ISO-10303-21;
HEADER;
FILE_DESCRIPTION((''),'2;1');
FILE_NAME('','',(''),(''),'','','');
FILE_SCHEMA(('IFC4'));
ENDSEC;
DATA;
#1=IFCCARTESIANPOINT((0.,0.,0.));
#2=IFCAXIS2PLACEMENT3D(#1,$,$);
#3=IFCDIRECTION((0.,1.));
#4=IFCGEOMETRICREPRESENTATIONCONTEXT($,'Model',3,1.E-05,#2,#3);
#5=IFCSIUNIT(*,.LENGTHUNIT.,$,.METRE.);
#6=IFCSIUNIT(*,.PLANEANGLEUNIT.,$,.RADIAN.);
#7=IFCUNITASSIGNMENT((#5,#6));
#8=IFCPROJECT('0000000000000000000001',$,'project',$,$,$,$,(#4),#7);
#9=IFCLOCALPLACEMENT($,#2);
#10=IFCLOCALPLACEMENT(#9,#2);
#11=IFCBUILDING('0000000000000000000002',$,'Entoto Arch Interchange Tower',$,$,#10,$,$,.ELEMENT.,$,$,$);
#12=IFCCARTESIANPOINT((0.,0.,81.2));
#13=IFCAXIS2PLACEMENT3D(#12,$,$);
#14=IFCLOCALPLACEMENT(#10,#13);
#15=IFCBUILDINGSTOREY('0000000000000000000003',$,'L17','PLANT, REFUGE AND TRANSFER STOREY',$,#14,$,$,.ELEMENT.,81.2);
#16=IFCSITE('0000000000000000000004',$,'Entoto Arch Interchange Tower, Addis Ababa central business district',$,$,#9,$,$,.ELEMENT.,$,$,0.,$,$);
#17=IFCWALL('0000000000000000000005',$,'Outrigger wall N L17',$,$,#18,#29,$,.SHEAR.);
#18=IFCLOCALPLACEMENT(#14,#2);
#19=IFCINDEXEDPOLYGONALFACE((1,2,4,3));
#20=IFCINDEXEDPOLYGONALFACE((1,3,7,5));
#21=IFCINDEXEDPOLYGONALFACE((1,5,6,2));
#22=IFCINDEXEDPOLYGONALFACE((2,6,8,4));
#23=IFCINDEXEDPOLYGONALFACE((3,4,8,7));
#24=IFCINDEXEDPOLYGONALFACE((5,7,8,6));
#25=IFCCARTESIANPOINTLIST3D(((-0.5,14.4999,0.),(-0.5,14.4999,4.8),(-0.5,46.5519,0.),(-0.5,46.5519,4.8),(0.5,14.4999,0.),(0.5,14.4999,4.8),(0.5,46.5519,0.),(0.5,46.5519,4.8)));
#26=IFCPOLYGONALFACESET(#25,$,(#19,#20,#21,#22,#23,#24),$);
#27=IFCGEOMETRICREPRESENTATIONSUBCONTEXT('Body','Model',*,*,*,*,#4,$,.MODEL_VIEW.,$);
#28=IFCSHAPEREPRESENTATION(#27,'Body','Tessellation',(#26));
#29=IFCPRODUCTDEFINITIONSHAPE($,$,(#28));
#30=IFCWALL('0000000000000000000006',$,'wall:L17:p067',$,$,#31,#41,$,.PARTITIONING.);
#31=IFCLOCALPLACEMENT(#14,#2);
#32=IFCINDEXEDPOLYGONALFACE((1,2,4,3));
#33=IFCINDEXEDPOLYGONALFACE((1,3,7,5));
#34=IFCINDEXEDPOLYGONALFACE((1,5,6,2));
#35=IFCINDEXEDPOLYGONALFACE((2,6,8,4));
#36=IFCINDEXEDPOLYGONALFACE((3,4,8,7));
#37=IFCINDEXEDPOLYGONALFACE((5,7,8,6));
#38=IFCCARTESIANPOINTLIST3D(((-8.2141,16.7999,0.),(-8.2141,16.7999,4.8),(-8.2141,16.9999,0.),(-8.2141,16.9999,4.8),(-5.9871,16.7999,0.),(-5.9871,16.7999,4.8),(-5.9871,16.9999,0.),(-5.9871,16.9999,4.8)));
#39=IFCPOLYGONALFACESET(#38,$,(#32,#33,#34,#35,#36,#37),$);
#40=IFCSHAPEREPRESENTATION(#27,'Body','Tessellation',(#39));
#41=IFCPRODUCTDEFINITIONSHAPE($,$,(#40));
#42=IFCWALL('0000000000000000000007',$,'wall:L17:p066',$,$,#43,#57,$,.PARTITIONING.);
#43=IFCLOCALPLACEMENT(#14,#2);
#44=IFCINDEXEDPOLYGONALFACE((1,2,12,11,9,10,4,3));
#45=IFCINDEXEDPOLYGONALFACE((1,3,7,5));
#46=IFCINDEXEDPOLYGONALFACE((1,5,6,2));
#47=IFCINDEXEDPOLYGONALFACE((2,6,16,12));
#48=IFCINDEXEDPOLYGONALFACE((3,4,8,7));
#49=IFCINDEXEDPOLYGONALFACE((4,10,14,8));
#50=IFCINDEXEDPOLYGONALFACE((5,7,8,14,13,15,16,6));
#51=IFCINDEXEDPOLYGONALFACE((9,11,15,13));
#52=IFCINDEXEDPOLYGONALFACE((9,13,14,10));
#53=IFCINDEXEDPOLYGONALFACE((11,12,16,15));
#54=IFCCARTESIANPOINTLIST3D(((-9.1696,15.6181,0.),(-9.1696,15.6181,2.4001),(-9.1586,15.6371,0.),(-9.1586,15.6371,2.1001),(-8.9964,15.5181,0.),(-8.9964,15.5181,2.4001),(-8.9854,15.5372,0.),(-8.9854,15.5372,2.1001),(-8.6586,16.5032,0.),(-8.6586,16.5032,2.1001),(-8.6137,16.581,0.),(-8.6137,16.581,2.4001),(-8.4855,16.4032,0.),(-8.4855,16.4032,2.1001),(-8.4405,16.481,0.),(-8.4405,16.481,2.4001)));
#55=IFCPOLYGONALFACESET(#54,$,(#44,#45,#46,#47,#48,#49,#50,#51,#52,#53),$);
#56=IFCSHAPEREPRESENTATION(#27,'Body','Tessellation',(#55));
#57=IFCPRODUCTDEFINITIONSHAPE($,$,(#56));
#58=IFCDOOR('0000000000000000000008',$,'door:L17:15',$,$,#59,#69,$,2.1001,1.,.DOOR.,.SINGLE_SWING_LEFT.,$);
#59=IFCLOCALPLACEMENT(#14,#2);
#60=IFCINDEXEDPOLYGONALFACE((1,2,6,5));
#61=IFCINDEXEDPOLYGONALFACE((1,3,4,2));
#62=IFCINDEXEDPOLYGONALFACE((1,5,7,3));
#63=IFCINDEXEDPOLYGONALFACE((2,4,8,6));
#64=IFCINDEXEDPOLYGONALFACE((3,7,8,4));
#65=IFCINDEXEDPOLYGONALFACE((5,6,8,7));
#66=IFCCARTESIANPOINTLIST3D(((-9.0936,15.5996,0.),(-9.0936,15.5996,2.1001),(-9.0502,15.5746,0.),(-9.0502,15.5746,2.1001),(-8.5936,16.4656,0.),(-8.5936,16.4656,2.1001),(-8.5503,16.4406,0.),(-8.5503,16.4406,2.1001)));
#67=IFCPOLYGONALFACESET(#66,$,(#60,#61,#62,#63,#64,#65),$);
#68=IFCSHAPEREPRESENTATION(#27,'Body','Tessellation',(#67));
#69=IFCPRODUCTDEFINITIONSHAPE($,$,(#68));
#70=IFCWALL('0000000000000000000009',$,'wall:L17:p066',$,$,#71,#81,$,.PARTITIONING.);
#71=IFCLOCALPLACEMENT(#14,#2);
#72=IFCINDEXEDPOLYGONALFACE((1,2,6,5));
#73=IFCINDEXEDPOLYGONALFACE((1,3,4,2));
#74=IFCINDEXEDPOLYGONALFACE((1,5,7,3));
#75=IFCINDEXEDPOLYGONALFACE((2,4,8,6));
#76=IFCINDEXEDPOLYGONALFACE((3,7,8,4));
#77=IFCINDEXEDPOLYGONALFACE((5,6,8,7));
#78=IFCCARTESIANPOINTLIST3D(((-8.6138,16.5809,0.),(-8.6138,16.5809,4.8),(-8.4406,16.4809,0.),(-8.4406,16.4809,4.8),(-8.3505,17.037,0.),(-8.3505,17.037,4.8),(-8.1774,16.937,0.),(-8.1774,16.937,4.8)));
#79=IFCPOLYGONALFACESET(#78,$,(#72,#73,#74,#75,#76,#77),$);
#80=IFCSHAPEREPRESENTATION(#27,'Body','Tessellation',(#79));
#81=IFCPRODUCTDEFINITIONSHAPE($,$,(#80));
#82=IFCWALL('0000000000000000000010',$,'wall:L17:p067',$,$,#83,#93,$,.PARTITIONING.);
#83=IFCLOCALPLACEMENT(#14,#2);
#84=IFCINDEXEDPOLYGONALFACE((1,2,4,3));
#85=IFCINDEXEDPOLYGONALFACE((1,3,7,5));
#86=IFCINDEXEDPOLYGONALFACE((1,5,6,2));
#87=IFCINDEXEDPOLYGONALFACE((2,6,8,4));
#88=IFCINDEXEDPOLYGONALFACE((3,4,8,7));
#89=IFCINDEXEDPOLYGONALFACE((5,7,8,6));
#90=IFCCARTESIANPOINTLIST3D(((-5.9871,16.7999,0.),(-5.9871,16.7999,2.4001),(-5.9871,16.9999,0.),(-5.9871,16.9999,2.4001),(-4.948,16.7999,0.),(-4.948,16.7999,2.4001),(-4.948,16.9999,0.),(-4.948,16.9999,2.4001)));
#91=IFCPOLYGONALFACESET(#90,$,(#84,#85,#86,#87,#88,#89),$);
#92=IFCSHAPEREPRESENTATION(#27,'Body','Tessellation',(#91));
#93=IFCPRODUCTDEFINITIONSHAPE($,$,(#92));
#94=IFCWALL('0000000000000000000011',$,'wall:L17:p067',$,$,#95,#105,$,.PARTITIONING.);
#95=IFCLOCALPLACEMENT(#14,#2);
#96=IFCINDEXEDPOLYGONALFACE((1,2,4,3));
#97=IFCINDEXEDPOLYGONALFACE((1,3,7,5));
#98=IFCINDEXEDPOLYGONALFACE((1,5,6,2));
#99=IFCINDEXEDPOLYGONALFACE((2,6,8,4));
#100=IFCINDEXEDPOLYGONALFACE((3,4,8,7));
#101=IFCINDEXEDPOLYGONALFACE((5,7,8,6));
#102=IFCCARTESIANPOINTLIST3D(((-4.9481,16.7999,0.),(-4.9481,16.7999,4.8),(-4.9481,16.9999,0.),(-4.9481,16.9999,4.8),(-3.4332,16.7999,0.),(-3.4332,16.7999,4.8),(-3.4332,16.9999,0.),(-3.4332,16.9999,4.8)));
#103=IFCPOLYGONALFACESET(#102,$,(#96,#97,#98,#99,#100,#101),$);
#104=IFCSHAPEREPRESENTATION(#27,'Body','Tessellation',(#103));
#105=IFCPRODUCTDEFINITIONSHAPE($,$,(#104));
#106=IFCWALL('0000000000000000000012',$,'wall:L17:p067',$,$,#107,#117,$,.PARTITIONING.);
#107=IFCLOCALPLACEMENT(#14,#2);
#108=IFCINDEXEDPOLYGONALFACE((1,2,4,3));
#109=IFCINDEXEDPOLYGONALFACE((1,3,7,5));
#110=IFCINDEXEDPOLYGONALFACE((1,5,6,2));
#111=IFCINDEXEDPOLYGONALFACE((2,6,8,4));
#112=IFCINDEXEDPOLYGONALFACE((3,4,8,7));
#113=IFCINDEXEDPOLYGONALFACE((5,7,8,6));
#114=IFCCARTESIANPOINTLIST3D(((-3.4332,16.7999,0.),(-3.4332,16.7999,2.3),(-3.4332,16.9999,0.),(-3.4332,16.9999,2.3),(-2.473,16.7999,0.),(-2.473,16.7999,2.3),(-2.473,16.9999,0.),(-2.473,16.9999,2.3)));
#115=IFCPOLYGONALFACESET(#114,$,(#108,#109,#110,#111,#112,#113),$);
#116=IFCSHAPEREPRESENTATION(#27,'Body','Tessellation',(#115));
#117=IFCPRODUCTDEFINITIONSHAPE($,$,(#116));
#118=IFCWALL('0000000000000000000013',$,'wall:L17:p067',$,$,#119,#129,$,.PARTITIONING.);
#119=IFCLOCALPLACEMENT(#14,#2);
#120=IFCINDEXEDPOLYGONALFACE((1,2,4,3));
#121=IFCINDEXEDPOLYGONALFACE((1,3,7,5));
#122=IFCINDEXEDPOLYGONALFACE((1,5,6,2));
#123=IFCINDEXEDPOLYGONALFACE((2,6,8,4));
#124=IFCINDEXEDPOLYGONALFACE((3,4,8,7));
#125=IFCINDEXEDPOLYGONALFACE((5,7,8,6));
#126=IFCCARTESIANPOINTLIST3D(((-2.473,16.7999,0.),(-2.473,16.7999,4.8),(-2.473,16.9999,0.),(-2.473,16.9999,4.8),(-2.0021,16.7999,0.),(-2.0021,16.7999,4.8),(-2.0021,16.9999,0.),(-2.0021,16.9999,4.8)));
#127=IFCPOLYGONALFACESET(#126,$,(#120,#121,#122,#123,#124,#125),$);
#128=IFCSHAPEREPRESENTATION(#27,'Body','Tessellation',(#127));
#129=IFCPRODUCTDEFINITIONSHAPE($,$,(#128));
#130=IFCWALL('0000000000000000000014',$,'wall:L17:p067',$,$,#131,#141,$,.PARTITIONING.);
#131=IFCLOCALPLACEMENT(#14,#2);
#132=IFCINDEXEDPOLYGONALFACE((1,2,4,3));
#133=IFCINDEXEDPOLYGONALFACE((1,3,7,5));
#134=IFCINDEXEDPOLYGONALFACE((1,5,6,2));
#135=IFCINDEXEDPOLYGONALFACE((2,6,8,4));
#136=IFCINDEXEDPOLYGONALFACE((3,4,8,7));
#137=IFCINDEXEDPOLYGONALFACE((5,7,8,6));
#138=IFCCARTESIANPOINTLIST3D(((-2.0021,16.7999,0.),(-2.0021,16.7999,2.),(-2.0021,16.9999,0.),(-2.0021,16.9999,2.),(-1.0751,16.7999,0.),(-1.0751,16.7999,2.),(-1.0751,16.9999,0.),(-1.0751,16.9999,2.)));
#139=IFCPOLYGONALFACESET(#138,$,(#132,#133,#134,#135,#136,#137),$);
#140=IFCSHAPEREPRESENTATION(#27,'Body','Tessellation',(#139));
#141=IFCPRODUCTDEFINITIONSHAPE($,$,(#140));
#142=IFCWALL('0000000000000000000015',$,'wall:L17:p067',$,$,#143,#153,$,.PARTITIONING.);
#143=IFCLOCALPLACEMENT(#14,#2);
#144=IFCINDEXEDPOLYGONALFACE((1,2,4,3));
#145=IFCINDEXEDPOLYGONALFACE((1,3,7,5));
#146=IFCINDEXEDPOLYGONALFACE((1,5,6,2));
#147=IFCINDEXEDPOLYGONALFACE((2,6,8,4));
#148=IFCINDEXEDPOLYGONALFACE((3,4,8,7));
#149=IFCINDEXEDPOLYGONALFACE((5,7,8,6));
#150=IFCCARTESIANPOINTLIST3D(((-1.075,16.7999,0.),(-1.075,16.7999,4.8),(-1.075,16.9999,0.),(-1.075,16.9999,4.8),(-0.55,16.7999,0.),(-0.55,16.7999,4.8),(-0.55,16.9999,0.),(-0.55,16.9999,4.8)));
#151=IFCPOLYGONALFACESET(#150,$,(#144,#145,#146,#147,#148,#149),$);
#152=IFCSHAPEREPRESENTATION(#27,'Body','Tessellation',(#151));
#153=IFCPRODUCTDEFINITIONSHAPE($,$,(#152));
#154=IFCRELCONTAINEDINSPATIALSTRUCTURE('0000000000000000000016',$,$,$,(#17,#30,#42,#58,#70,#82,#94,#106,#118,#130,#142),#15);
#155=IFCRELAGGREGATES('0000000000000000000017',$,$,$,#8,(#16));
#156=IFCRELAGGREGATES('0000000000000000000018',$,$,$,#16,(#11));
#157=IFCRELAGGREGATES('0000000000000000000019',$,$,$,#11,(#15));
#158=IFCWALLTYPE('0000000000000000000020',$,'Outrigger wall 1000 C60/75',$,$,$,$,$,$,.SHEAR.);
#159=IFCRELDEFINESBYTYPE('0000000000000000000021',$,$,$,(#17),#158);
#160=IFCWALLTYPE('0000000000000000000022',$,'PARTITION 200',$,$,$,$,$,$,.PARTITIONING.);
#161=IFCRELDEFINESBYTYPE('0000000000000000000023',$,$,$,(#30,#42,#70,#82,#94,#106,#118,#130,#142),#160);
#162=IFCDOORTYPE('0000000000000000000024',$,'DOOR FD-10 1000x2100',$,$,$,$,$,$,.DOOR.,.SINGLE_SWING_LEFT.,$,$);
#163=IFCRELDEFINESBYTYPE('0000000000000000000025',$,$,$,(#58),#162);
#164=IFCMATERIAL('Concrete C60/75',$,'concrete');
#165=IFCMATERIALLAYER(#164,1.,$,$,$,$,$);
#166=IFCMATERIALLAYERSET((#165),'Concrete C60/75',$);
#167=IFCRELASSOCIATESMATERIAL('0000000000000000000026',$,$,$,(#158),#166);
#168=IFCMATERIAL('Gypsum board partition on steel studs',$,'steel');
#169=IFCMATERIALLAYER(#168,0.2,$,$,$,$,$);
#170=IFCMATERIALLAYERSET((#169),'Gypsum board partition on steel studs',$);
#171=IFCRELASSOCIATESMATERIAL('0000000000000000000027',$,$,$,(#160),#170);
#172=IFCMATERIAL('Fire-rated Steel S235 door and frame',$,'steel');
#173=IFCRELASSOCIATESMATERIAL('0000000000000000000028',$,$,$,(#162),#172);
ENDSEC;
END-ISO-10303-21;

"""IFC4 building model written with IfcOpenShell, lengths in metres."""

from ifc_helpers import new_model, si_unit, direction, frame, frame_2d, origin, place, context, subcontext, project, spatial, rectangle, extrude, material, layer, layer_set, type_object, element, fill, save


model = new_model("IFC4")

# Units and contexts
model_context = context("Model", 3, precision=1e-05, world=origin(), true_north=direction((0.0, 1.0)))
body_context = subcontext(model_context, "Body", "Model", "MODEL_VIEW")
ifc_project = project(units=[si_unit("LENGTHUNIT", "METRE"), si_unit("PLANEANGLEUNIT", "RADIAN")], contexts=[model_context])

# Site, building, storey
site_placement = place(None, origin())
site = spatial("IfcSite", under=ifc_project, at=site_placement, Name="Entoto Arch Interchange Tower, Addis Ababa central business district", CompositionType="ELEMENT", RefElevation=0.0)
building_placement = place(site_placement, origin())
building = spatial("IfcBuilding", under=site, at=building_placement, Name="Entoto Arch Interchange Tower", CompositionType="ELEMENT")
storey_placement = place(building_placement, frame((0.0, 0.0, 81.2)))
storey = spatial("IfcBuildingStorey", under=building, at=storey_placement, Name="L17", Description="PLANT, REFUGE AND TRANSFER STOREY", CompositionType="ELEMENT", Elevation=81.2)

# Shared definitions
ifc_material_1 = material(Name="Concrete C60/75", Category="concrete")

# Walls
ifc_layer_1 = layer(ifc_material_1, 1.0)
ifc_layer_set_1 = layer_set([ifc_layer_1], Name="Concrete C60/75")
wall_type_1 = type_object("IfcWallType", Name="Outrigger wall 1000 C60/75", PredefinedType="SHEAR", material=ifc_layer_set_1)
wall_1_placement = place(storey_placement, frame((0.0, 14.5, 0.0), z_axis=(0.0, 0.0, 1.0), x_axis=(0.0, 1.0, 0.0)))
element("IfcWall", 1, at=wall_1_placement, inside=storey, type_object=wall_type_1, Name="Outrigger wall N L17", PredefinedType="SHEAR", context=body_context, shape_type="SweptSolid", body=[
    extrude(rectangle(XDim=32.052, YDim=1.0, at=frame_2d((16.0259, 0.0))), origin(), (0.0, 0.0, 1.0), 4.8),
])
ifc_material_2 = material(Name="Gypsum board partition on steel studs", Category="steel")
ifc_layer_2 = layer(ifc_material_2, 0.2)
ifc_layer_set_2 = layer_set([ifc_layer_2], Name="Gypsum board partition on steel studs")
wall_type_2 = type_object("IfcWallType", Name="PARTITION 200", PredefinedType="PARTITIONING", material=ifc_layer_set_2)
wall_2_placement = place(storey_placement, frame((-8.2141, 16.8999, 0.0), z_axis=(0.0, 0.0, 1.0), x_axis=(1.0, 0.0, 0.0)))
element("IfcWall", 2, at=wall_2_placement, inside=storey, type_object=wall_type_2, Name="wall:L17:p067", PredefinedType="PARTITIONING", context=body_context, shape_type="SweptSolid", body=[
    extrude(rectangle(XDim=2.2271, YDim=0.2, at=frame_2d((1.1135, 0.0))), origin(), (0.0, 0.0, 1.0), 4.8),
])

# Wall, opening, door
wall_3_placement = place(storey_placement, frame((-9.083, 15.5681, 0.0), z_axis=(0.0, 0.0, 1.0), x_axis=(0.499989, 0.866032, 0.0)))
wall_3 = element("IfcWall", 3, at=wall_3_placement, inside=storey, type_object=wall_type_2, Name="wall:L17:p066", PredefinedType="PARTITIONING", context=body_context, shape_type="SweptSolid", body=[
    extrude(rectangle(XDim=1.1118, YDim=0.2, at=frame_2d((0.5559, 0.0))), origin(), (0.0, 0.0, 1.0), 2.4001),
])
opening_1_placement = place(wall_3_placement, frame((0.022, 0.0, 0.0)))
opening_1 = element("IfcOpeningElement", 4, at=opening_1_placement, cuts=wall_3, PredefinedType="OPENING", context=body_context, shape_type="SweptSolid", body=[
    extrude(rectangle(XDim=1.0, YDim=2.1001, at=frame_2d((0.5, 1.05))), frame((0.0, 0.1099, 0.0), z_axis=(0.0, -1.0, 0.0), x_axis=(1.0, 0.0, 0.0)), (0.0, 0.0, 1.0), 0.22),
])
ifc_material_3 = material(Name="Fire-rated Steel S235 door and frame", Category="steel")
door_type_1 = type_object("IfcDoorType", Name="DOOR FD-10 1000x2100", OperationType="SINGLE_SWING_LEFT", PredefinedType="DOOR", material=ifc_material_3)
door_1_placement = place(opening_1_placement, origin())
door_1 = element("IfcDoor", 5, at=door_1_placement, inside=storey, type_object=door_type_1, Name="door:L17:15", OperationType="SINGLE_SWING_LEFT", OverallHeight=2.1001, OverallWidth=1.0, PredefinedType="DOOR", context=body_context, shape_type="SweptSolid", body=[
    extrude(rectangle(XDim=1.0, YDim=2.1001, at=frame_2d((0.5, 1.05))), frame((0.0, 0.0249, 0.0), z_axis=(0.0, -1.0, 0.0), x_axis=(1.0, 0.0, 0.0)), (0.0, 0.0, 1.0), 0.05),
])
fill(opening_1, door_1)

# Walls
wall_4_placement = place(storey_placement, frame((-8.5271, 16.531, 0.0), z_axis=(0.0, 0.0, 1.0), x_axis=(0.499829, 0.866124, 0.0)))
element("IfcWall", 6, at=wall_4_placement, inside=storey, type_object=wall_type_2, Name="wall:L17:p066", PredefinedType="PARTITIONING", context=body_context, shape_type="SweptSolid", body=[
    extrude(rectangle(XDim=0.5266, YDim=0.2, at=frame_2d((0.2632, 0.0))), origin(), (0.0, 0.0, 1.0), 4.8),
])
wall_5_placement = place(storey_placement, frame((-5.9871, 16.8999, 0.0), z_axis=(0.0, 0.0, 1.0), x_axis=(1.0, 0.0, 0.0)))
element("IfcWall", 7, at=wall_5_placement, inside=storey, type_object=wall_type_2, Name="wall:L17:p067", PredefinedType="PARTITIONING", context=body_context, shape_type="SweptSolid", body=[
    extrude(rectangle(XDim=1.0391, YDim=0.2, at=frame_2d((0.5195, 0.0))), origin(), (0.0, 0.0, 1.0), 2.4001),
])
wall_6_placement = place(storey_placement, frame((-4.948, 16.8999, 0.0), z_axis=(0.0, 0.0, 1.0), x_axis=(1.0, 0.0, 0.0)))
element("IfcWall", 8, at=wall_6_placement, inside=storey, type_object=wall_type_2, Name="wall:L17:p067", PredefinedType="PARTITIONING", context=body_context, shape_type="SweptSolid", body=[
    extrude(rectangle(XDim=1.5149, YDim=0.2, at=frame_2d((0.7573, 0.0))), origin(), (0.0, 0.0, 1.0), 4.8),
])
wall_7_placement = place(storey_placement, frame((-3.4331, 16.8999, 0.0), z_axis=(0.0, 0.0, 1.0), x_axis=(1.0, 0.0, 0.0)))
element("IfcWall", 9, at=wall_7_placement, inside=storey, type_object=wall_type_2, Name="wall:L17:p067", PredefinedType="PARTITIONING", context=body_context, shape_type="SweptSolid", body=[
    extrude(rectangle(XDim=0.9602, YDim=0.2, at=frame_2d((0.48, 0.0))), origin(), (0.0, 0.0, 1.0), 2.3),
])
wall_8_placement = place(storey_placement, frame((-2.4729, 16.8999, 0.0), z_axis=(0.0, 0.0, 1.0), x_axis=(1.0, 0.0, 0.0)))
element("IfcWall", 10, at=wall_8_placement, inside=storey, type_object=wall_type_2, Name="wall:L17:p067", PredefinedType="PARTITIONING", context=body_context, shape_type="SweptSolid", body=[
    extrude(rectangle(XDim=0.4709, YDim=0.2, at=frame_2d((0.2354, 0.0))), origin(), (0.0, 0.0, 1.0), 4.8),
])
wall_9_placement = place(storey_placement, frame((-2.002, 16.8999, 0.0), z_axis=(0.0, 0.0, 1.0), x_axis=(1.0, 0.0, 0.0)))
element("IfcWall", 11, at=wall_9_placement, inside=storey, type_object=wall_type_2, Name="wall:L17:p067", PredefinedType="PARTITIONING", context=body_context, shape_type="SweptSolid", body=[
    extrude(rectangle(XDim=0.927, YDim=0.2, at=frame_2d((0.4634, 0.0))), origin(), (0.0, 0.0, 1.0), 2.0),
])
wall_10_placement = place(storey_placement, frame((-1.075, 16.8999, 0.0), z_axis=(0.0, 0.0, 1.0), x_axis=(1.0, 0.0, 0.0)))
element("IfcWall", 12, at=wall_10_placement, inside=storey, type_object=wall_type_2, Name="wall:L17:p067", PredefinedType="PARTITIONING", context=body_context, shape_type="SweptSolid", body=[
    extrude(rectangle(XDim=0.5249, YDim=0.2, at=frame_2d((0.2625, 0.0))), origin(), (0.0, 0.0, 1.0), 4.8),
])

save(model, "model.ifc")
